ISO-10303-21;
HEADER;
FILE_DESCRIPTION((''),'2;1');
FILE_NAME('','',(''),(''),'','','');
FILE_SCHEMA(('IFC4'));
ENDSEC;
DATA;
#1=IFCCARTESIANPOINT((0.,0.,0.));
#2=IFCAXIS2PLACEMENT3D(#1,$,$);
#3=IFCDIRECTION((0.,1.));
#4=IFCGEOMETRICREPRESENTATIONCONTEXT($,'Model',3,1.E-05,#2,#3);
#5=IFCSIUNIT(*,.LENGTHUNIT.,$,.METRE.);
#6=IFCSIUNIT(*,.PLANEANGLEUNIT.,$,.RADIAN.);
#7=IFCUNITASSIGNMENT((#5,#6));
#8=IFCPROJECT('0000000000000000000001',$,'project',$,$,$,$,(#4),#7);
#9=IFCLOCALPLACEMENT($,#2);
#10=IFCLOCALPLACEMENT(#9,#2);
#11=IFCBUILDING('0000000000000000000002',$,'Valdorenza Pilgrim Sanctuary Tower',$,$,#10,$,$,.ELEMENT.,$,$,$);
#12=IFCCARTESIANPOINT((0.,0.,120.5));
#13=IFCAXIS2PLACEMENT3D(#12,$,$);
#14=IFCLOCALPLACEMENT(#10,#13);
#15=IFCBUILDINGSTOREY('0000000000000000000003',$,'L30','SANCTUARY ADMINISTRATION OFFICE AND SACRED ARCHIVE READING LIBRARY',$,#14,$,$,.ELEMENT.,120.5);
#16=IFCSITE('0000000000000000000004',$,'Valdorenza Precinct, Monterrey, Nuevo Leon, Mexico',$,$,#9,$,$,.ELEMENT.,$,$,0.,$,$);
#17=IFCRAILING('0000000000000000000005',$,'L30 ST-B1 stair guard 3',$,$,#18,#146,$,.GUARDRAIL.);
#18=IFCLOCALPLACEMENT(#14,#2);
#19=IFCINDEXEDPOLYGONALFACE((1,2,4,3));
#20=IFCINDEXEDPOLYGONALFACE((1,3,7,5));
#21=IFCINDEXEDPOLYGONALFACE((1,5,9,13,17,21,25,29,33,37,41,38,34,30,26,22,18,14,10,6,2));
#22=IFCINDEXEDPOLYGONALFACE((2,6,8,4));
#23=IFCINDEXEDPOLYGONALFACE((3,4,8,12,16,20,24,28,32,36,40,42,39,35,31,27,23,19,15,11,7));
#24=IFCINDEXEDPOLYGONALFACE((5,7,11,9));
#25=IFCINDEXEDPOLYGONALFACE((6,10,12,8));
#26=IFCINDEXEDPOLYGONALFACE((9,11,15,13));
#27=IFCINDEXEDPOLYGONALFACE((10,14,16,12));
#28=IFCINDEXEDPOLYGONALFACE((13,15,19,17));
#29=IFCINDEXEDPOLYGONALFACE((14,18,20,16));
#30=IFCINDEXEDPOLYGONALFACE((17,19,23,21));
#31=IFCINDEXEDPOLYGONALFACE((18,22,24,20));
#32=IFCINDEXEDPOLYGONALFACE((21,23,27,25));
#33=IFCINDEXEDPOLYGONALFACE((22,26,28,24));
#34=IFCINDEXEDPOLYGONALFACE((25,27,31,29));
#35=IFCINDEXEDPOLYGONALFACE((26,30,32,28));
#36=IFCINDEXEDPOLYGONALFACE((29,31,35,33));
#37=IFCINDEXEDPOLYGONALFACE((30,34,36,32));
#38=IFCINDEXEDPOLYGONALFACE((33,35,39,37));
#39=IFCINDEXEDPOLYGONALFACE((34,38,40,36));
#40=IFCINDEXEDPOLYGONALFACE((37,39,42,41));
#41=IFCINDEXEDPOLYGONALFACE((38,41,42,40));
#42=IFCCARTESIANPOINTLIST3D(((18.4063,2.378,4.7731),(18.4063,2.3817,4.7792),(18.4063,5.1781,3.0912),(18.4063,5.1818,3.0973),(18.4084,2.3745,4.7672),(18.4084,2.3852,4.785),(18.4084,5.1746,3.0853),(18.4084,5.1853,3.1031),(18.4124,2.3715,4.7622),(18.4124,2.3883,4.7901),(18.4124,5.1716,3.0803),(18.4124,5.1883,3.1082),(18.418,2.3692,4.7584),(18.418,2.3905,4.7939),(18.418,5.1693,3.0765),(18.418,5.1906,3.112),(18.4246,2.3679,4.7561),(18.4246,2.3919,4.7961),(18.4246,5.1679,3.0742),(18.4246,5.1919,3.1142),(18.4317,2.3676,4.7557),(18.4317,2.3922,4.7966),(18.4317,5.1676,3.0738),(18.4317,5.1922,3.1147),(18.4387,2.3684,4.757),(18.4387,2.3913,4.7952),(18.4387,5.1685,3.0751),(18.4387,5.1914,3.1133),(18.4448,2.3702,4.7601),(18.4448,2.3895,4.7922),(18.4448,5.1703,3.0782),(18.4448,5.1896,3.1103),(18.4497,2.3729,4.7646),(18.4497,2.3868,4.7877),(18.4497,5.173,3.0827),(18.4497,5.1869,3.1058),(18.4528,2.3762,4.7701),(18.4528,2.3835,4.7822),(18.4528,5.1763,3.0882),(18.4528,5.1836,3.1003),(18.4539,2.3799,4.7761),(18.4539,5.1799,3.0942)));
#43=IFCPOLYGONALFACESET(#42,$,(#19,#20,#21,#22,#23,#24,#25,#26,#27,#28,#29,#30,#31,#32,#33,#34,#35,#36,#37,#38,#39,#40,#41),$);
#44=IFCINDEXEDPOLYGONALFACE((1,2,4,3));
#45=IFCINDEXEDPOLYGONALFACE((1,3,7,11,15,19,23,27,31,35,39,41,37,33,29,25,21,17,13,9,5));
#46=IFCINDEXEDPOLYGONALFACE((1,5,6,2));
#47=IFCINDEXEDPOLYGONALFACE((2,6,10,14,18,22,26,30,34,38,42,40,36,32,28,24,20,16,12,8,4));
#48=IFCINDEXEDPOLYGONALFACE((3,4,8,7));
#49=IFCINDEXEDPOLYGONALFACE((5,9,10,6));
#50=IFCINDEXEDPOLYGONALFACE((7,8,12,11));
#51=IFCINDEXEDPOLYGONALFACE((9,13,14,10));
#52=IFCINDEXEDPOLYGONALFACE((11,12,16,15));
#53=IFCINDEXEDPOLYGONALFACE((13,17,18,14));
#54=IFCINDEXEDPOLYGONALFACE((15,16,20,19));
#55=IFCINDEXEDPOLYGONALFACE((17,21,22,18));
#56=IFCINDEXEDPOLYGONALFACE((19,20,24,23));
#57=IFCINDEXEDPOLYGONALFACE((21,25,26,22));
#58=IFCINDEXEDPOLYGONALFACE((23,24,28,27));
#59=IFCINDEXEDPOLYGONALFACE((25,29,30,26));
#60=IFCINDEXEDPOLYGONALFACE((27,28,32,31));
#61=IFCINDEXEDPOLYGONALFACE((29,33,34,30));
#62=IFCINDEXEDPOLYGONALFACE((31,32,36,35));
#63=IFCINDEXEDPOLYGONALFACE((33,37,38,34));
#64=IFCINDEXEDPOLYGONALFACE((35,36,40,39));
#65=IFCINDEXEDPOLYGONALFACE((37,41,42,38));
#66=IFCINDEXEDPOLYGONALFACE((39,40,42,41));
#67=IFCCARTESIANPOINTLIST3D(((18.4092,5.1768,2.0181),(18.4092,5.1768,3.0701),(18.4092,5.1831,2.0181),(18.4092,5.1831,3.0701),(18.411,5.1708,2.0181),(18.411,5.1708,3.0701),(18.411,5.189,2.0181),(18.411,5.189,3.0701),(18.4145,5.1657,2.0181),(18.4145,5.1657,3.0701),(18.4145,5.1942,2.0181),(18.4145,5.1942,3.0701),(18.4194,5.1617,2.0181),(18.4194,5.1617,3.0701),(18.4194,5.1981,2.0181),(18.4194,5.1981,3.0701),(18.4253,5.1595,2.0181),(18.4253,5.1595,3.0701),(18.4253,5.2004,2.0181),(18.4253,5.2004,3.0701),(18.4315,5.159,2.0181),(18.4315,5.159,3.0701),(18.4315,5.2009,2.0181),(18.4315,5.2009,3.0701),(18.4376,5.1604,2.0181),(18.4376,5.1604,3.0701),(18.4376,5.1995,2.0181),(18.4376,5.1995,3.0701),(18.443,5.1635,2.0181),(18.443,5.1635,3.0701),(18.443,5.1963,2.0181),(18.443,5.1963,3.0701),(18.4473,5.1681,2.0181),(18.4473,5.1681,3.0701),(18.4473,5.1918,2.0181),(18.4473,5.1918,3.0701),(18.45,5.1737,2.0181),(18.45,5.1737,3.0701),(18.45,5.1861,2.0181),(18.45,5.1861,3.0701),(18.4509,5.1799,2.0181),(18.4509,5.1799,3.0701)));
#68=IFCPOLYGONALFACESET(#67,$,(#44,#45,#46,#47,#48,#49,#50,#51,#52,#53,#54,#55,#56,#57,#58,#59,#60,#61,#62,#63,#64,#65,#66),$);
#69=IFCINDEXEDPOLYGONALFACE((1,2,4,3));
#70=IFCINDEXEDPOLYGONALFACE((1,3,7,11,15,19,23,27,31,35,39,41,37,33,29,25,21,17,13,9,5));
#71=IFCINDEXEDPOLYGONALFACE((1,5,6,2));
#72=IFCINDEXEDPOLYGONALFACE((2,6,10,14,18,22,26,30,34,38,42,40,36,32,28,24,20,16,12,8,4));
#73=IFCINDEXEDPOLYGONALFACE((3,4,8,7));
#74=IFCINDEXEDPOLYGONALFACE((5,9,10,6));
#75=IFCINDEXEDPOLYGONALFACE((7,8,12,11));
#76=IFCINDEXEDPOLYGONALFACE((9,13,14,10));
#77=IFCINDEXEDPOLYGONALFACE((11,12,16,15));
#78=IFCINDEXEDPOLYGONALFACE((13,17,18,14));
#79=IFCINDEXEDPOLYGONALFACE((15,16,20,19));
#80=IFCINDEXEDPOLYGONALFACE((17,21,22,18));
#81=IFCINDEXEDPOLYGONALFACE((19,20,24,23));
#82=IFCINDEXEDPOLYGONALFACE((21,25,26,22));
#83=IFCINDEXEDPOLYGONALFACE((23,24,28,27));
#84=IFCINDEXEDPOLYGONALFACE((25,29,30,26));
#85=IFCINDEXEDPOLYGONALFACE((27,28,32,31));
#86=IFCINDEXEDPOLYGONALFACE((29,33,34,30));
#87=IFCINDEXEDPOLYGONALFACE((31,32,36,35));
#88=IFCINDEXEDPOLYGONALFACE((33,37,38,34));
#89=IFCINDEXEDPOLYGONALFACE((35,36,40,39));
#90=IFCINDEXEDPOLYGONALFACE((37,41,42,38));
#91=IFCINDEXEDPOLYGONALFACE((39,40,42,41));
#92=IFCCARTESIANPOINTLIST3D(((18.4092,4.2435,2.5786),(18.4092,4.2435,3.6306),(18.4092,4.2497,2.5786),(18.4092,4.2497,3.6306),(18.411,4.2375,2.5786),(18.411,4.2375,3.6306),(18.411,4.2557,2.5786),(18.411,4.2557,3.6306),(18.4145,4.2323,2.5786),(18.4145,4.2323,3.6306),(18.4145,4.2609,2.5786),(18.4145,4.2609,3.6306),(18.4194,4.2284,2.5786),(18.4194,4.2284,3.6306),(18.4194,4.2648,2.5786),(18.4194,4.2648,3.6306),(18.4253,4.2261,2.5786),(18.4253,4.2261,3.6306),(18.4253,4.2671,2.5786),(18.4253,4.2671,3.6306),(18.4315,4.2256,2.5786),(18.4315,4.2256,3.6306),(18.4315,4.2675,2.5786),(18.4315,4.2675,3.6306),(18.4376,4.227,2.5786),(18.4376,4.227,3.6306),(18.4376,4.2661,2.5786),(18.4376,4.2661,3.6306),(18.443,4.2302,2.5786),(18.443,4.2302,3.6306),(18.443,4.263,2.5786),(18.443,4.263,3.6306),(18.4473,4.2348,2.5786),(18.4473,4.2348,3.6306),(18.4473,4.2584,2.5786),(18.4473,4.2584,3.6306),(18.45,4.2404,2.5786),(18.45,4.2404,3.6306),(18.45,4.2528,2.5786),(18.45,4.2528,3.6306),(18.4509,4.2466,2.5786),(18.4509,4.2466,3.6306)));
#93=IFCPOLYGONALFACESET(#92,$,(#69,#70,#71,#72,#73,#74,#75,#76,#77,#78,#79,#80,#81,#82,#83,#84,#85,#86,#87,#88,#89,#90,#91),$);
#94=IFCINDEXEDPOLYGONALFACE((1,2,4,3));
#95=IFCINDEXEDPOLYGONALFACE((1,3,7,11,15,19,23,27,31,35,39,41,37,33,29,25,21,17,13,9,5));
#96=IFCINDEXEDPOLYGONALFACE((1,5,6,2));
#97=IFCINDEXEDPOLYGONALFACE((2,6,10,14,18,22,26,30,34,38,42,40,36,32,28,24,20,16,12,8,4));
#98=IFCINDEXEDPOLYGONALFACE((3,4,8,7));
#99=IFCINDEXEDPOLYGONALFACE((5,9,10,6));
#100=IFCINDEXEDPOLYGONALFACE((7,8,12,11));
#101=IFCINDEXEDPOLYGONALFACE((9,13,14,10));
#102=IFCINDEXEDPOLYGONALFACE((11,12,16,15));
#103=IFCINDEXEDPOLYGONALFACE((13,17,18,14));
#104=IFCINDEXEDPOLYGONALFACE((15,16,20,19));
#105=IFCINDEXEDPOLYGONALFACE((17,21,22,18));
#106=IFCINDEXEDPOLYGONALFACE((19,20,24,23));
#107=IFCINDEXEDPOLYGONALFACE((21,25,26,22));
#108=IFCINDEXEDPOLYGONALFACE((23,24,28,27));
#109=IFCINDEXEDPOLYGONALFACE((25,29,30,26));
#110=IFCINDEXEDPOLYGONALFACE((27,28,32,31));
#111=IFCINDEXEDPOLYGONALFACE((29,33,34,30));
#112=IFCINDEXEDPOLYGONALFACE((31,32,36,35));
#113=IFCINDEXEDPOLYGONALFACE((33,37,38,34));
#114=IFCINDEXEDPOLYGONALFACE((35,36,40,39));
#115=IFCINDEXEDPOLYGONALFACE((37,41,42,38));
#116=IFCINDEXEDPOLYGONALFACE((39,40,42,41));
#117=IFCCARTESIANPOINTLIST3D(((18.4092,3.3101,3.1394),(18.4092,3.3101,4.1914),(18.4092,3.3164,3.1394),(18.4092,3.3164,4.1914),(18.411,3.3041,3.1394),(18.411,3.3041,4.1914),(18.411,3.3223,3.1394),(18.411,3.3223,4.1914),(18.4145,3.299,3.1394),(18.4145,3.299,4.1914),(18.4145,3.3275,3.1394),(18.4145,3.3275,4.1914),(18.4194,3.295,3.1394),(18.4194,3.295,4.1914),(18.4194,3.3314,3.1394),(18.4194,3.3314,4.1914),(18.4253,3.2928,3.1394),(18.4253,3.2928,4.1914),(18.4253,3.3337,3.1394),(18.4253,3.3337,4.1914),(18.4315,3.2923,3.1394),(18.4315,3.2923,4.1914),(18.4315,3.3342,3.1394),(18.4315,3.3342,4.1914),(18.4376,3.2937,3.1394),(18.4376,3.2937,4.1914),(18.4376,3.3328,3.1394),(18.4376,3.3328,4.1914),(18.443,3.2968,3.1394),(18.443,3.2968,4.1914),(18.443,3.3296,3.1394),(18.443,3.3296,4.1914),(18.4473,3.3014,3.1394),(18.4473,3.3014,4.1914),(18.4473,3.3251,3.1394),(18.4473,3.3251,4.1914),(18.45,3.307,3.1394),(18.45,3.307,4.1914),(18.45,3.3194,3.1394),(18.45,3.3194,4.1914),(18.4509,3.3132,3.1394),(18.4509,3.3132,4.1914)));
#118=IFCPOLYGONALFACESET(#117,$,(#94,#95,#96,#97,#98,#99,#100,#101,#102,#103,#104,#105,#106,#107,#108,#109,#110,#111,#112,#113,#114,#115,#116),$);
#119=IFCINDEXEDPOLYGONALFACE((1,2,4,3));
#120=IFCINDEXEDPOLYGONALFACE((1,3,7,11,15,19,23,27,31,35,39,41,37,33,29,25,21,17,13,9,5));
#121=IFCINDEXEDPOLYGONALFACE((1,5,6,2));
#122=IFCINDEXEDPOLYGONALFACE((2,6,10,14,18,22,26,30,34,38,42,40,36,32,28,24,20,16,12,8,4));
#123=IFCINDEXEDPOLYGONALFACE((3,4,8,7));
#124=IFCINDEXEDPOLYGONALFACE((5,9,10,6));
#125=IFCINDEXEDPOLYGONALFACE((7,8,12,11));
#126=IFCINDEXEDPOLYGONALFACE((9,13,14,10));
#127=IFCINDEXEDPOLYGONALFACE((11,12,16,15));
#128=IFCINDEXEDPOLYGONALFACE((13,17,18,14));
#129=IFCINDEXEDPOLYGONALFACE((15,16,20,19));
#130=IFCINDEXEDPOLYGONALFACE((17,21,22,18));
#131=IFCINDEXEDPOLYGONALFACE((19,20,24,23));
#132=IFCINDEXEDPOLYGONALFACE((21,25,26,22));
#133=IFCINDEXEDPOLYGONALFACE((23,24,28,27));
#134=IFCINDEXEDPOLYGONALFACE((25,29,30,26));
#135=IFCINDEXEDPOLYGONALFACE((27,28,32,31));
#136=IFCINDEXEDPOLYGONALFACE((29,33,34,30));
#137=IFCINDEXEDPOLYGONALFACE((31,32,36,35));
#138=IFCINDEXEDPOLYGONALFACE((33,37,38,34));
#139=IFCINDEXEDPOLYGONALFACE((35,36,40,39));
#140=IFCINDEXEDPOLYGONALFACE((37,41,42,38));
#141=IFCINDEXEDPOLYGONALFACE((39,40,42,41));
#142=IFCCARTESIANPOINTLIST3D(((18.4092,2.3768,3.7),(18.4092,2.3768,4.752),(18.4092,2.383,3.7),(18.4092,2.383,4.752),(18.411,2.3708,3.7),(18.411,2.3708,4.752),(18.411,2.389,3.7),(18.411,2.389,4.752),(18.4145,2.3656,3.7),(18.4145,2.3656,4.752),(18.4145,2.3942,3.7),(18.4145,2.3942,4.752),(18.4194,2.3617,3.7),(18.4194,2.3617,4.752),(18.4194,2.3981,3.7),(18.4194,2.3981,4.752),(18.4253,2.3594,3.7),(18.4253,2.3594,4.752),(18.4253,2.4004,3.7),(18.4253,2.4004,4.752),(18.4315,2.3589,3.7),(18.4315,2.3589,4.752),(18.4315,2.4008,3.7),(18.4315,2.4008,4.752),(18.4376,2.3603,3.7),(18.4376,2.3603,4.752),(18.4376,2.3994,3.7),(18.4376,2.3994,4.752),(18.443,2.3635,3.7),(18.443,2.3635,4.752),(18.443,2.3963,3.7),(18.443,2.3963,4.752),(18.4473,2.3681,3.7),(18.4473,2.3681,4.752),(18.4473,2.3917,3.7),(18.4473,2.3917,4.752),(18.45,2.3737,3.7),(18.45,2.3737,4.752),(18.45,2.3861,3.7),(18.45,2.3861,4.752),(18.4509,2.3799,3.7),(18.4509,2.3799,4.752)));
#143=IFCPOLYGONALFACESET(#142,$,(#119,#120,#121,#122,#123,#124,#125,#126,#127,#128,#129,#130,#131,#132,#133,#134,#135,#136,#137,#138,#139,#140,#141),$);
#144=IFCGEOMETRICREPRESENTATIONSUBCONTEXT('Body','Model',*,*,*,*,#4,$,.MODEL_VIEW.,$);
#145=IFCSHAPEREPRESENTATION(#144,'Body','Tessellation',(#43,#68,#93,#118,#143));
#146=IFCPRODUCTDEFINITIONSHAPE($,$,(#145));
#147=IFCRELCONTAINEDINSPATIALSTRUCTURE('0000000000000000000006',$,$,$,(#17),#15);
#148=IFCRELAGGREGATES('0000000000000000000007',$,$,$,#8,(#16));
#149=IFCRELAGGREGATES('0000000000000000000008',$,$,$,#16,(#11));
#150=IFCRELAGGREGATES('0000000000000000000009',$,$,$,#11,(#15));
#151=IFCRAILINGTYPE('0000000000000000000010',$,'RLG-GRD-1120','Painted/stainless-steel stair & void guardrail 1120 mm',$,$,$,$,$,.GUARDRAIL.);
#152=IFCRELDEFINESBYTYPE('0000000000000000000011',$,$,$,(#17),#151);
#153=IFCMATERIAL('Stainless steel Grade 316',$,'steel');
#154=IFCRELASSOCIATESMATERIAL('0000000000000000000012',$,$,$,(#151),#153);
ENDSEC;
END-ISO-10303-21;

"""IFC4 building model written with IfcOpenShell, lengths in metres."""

from ifc_helpers import new_model, si_unit, direction, frame, origin, origin_2d, place, context, subcontext, project, spatial, circle, extrude, material, type_object, element, save


model = new_model("IFC4")

# Units and contexts
model_context = context("Model", 3, precision=1e-05, world=origin(), true_north=direction((0.0, 1.0)))
body_context = subcontext(model_context, "Body", "Model", "MODEL_VIEW")
ifc_project = project(units=[si_unit("LENGTHUNIT", "METRE"), si_unit("PLANEANGLEUNIT", "RADIAN")], contexts=[model_context])

# Site, building, storey
site_placement = place(None, origin())
site = spatial("IfcSite", under=ifc_project, at=site_placement, Name="Valdorenza Precinct, Monterrey, Nuevo Leon, Mexico", CompositionType="ELEMENT", RefElevation=0.0)
building_placement = place(site_placement, origin())
building = spatial("IfcBuilding", under=site, at=building_placement, Name="Valdorenza Pilgrim Sanctuary Tower", CompositionType="ELEMENT")
storey_placement = place(building_placement, frame((0.0, 0.0, 120.5)))
storey = spatial("IfcBuildingStorey", under=building, at=storey_placement, Name="L30", Description="SANCTUARY ADMINISTRATION OFFICE AND SACRED ARCHIVE READING LIBRARY", CompositionType="ELEMENT", Elevation=120.5)

# Railing
ifc_material_1 = material(Name="Stainless steel Grade 316", Category="steel")
railing_type_1 = type_object("IfcRailingType", Name="RLG-GRD-1120", Description="Painted/stainless-steel stair & void guardrail 1120 mm", PredefinedType="GUARDRAIL", material=ifc_material_1)
railing_1_placement = place(storey_placement, frame((18.4299, 5.1799, 2.0181)))
element("IfcRailing", 1, at=railing_1_placement, inside=storey, type_object=railing_type_1, Name="L30 ST-B1 stair guard 3", PredefinedType="GUARDRAIL", context=body_context, shape_type="SweptSolid", body=[
    extrude(circle(Radius=0.0239, at=origin_2d()), frame((0.0, 0.0, 1.0762), z_axis=(0.0, -0.857242, 0.514913), x_axis=(1.0, 0.0, 0.0)), (0.0, 0.0, 1.0), 3.2664),
    extrude(circle(Radius=0.021, at=origin_2d()), origin(), (0.0, 0.0, 1.0), 1.052),
    extrude(circle(Radius=0.021, at=origin_2d()), frame((0.0, -0.9333, 0.5605)), (0.0, 0.0, 1.0), 1.052),
    extrude(circle(Radius=0.021, at=origin_2d()), frame((0.0, -1.8667, 1.1213)), (0.0, 0.0, 1.0), 1.052),
    extrude(circle(Radius=0.021, at=origin_2d()), frame((0.0, -2.8, 1.6819)), (0.0, 0.0, 1.0), 1.052),
])

save(model, "model.ifc")
